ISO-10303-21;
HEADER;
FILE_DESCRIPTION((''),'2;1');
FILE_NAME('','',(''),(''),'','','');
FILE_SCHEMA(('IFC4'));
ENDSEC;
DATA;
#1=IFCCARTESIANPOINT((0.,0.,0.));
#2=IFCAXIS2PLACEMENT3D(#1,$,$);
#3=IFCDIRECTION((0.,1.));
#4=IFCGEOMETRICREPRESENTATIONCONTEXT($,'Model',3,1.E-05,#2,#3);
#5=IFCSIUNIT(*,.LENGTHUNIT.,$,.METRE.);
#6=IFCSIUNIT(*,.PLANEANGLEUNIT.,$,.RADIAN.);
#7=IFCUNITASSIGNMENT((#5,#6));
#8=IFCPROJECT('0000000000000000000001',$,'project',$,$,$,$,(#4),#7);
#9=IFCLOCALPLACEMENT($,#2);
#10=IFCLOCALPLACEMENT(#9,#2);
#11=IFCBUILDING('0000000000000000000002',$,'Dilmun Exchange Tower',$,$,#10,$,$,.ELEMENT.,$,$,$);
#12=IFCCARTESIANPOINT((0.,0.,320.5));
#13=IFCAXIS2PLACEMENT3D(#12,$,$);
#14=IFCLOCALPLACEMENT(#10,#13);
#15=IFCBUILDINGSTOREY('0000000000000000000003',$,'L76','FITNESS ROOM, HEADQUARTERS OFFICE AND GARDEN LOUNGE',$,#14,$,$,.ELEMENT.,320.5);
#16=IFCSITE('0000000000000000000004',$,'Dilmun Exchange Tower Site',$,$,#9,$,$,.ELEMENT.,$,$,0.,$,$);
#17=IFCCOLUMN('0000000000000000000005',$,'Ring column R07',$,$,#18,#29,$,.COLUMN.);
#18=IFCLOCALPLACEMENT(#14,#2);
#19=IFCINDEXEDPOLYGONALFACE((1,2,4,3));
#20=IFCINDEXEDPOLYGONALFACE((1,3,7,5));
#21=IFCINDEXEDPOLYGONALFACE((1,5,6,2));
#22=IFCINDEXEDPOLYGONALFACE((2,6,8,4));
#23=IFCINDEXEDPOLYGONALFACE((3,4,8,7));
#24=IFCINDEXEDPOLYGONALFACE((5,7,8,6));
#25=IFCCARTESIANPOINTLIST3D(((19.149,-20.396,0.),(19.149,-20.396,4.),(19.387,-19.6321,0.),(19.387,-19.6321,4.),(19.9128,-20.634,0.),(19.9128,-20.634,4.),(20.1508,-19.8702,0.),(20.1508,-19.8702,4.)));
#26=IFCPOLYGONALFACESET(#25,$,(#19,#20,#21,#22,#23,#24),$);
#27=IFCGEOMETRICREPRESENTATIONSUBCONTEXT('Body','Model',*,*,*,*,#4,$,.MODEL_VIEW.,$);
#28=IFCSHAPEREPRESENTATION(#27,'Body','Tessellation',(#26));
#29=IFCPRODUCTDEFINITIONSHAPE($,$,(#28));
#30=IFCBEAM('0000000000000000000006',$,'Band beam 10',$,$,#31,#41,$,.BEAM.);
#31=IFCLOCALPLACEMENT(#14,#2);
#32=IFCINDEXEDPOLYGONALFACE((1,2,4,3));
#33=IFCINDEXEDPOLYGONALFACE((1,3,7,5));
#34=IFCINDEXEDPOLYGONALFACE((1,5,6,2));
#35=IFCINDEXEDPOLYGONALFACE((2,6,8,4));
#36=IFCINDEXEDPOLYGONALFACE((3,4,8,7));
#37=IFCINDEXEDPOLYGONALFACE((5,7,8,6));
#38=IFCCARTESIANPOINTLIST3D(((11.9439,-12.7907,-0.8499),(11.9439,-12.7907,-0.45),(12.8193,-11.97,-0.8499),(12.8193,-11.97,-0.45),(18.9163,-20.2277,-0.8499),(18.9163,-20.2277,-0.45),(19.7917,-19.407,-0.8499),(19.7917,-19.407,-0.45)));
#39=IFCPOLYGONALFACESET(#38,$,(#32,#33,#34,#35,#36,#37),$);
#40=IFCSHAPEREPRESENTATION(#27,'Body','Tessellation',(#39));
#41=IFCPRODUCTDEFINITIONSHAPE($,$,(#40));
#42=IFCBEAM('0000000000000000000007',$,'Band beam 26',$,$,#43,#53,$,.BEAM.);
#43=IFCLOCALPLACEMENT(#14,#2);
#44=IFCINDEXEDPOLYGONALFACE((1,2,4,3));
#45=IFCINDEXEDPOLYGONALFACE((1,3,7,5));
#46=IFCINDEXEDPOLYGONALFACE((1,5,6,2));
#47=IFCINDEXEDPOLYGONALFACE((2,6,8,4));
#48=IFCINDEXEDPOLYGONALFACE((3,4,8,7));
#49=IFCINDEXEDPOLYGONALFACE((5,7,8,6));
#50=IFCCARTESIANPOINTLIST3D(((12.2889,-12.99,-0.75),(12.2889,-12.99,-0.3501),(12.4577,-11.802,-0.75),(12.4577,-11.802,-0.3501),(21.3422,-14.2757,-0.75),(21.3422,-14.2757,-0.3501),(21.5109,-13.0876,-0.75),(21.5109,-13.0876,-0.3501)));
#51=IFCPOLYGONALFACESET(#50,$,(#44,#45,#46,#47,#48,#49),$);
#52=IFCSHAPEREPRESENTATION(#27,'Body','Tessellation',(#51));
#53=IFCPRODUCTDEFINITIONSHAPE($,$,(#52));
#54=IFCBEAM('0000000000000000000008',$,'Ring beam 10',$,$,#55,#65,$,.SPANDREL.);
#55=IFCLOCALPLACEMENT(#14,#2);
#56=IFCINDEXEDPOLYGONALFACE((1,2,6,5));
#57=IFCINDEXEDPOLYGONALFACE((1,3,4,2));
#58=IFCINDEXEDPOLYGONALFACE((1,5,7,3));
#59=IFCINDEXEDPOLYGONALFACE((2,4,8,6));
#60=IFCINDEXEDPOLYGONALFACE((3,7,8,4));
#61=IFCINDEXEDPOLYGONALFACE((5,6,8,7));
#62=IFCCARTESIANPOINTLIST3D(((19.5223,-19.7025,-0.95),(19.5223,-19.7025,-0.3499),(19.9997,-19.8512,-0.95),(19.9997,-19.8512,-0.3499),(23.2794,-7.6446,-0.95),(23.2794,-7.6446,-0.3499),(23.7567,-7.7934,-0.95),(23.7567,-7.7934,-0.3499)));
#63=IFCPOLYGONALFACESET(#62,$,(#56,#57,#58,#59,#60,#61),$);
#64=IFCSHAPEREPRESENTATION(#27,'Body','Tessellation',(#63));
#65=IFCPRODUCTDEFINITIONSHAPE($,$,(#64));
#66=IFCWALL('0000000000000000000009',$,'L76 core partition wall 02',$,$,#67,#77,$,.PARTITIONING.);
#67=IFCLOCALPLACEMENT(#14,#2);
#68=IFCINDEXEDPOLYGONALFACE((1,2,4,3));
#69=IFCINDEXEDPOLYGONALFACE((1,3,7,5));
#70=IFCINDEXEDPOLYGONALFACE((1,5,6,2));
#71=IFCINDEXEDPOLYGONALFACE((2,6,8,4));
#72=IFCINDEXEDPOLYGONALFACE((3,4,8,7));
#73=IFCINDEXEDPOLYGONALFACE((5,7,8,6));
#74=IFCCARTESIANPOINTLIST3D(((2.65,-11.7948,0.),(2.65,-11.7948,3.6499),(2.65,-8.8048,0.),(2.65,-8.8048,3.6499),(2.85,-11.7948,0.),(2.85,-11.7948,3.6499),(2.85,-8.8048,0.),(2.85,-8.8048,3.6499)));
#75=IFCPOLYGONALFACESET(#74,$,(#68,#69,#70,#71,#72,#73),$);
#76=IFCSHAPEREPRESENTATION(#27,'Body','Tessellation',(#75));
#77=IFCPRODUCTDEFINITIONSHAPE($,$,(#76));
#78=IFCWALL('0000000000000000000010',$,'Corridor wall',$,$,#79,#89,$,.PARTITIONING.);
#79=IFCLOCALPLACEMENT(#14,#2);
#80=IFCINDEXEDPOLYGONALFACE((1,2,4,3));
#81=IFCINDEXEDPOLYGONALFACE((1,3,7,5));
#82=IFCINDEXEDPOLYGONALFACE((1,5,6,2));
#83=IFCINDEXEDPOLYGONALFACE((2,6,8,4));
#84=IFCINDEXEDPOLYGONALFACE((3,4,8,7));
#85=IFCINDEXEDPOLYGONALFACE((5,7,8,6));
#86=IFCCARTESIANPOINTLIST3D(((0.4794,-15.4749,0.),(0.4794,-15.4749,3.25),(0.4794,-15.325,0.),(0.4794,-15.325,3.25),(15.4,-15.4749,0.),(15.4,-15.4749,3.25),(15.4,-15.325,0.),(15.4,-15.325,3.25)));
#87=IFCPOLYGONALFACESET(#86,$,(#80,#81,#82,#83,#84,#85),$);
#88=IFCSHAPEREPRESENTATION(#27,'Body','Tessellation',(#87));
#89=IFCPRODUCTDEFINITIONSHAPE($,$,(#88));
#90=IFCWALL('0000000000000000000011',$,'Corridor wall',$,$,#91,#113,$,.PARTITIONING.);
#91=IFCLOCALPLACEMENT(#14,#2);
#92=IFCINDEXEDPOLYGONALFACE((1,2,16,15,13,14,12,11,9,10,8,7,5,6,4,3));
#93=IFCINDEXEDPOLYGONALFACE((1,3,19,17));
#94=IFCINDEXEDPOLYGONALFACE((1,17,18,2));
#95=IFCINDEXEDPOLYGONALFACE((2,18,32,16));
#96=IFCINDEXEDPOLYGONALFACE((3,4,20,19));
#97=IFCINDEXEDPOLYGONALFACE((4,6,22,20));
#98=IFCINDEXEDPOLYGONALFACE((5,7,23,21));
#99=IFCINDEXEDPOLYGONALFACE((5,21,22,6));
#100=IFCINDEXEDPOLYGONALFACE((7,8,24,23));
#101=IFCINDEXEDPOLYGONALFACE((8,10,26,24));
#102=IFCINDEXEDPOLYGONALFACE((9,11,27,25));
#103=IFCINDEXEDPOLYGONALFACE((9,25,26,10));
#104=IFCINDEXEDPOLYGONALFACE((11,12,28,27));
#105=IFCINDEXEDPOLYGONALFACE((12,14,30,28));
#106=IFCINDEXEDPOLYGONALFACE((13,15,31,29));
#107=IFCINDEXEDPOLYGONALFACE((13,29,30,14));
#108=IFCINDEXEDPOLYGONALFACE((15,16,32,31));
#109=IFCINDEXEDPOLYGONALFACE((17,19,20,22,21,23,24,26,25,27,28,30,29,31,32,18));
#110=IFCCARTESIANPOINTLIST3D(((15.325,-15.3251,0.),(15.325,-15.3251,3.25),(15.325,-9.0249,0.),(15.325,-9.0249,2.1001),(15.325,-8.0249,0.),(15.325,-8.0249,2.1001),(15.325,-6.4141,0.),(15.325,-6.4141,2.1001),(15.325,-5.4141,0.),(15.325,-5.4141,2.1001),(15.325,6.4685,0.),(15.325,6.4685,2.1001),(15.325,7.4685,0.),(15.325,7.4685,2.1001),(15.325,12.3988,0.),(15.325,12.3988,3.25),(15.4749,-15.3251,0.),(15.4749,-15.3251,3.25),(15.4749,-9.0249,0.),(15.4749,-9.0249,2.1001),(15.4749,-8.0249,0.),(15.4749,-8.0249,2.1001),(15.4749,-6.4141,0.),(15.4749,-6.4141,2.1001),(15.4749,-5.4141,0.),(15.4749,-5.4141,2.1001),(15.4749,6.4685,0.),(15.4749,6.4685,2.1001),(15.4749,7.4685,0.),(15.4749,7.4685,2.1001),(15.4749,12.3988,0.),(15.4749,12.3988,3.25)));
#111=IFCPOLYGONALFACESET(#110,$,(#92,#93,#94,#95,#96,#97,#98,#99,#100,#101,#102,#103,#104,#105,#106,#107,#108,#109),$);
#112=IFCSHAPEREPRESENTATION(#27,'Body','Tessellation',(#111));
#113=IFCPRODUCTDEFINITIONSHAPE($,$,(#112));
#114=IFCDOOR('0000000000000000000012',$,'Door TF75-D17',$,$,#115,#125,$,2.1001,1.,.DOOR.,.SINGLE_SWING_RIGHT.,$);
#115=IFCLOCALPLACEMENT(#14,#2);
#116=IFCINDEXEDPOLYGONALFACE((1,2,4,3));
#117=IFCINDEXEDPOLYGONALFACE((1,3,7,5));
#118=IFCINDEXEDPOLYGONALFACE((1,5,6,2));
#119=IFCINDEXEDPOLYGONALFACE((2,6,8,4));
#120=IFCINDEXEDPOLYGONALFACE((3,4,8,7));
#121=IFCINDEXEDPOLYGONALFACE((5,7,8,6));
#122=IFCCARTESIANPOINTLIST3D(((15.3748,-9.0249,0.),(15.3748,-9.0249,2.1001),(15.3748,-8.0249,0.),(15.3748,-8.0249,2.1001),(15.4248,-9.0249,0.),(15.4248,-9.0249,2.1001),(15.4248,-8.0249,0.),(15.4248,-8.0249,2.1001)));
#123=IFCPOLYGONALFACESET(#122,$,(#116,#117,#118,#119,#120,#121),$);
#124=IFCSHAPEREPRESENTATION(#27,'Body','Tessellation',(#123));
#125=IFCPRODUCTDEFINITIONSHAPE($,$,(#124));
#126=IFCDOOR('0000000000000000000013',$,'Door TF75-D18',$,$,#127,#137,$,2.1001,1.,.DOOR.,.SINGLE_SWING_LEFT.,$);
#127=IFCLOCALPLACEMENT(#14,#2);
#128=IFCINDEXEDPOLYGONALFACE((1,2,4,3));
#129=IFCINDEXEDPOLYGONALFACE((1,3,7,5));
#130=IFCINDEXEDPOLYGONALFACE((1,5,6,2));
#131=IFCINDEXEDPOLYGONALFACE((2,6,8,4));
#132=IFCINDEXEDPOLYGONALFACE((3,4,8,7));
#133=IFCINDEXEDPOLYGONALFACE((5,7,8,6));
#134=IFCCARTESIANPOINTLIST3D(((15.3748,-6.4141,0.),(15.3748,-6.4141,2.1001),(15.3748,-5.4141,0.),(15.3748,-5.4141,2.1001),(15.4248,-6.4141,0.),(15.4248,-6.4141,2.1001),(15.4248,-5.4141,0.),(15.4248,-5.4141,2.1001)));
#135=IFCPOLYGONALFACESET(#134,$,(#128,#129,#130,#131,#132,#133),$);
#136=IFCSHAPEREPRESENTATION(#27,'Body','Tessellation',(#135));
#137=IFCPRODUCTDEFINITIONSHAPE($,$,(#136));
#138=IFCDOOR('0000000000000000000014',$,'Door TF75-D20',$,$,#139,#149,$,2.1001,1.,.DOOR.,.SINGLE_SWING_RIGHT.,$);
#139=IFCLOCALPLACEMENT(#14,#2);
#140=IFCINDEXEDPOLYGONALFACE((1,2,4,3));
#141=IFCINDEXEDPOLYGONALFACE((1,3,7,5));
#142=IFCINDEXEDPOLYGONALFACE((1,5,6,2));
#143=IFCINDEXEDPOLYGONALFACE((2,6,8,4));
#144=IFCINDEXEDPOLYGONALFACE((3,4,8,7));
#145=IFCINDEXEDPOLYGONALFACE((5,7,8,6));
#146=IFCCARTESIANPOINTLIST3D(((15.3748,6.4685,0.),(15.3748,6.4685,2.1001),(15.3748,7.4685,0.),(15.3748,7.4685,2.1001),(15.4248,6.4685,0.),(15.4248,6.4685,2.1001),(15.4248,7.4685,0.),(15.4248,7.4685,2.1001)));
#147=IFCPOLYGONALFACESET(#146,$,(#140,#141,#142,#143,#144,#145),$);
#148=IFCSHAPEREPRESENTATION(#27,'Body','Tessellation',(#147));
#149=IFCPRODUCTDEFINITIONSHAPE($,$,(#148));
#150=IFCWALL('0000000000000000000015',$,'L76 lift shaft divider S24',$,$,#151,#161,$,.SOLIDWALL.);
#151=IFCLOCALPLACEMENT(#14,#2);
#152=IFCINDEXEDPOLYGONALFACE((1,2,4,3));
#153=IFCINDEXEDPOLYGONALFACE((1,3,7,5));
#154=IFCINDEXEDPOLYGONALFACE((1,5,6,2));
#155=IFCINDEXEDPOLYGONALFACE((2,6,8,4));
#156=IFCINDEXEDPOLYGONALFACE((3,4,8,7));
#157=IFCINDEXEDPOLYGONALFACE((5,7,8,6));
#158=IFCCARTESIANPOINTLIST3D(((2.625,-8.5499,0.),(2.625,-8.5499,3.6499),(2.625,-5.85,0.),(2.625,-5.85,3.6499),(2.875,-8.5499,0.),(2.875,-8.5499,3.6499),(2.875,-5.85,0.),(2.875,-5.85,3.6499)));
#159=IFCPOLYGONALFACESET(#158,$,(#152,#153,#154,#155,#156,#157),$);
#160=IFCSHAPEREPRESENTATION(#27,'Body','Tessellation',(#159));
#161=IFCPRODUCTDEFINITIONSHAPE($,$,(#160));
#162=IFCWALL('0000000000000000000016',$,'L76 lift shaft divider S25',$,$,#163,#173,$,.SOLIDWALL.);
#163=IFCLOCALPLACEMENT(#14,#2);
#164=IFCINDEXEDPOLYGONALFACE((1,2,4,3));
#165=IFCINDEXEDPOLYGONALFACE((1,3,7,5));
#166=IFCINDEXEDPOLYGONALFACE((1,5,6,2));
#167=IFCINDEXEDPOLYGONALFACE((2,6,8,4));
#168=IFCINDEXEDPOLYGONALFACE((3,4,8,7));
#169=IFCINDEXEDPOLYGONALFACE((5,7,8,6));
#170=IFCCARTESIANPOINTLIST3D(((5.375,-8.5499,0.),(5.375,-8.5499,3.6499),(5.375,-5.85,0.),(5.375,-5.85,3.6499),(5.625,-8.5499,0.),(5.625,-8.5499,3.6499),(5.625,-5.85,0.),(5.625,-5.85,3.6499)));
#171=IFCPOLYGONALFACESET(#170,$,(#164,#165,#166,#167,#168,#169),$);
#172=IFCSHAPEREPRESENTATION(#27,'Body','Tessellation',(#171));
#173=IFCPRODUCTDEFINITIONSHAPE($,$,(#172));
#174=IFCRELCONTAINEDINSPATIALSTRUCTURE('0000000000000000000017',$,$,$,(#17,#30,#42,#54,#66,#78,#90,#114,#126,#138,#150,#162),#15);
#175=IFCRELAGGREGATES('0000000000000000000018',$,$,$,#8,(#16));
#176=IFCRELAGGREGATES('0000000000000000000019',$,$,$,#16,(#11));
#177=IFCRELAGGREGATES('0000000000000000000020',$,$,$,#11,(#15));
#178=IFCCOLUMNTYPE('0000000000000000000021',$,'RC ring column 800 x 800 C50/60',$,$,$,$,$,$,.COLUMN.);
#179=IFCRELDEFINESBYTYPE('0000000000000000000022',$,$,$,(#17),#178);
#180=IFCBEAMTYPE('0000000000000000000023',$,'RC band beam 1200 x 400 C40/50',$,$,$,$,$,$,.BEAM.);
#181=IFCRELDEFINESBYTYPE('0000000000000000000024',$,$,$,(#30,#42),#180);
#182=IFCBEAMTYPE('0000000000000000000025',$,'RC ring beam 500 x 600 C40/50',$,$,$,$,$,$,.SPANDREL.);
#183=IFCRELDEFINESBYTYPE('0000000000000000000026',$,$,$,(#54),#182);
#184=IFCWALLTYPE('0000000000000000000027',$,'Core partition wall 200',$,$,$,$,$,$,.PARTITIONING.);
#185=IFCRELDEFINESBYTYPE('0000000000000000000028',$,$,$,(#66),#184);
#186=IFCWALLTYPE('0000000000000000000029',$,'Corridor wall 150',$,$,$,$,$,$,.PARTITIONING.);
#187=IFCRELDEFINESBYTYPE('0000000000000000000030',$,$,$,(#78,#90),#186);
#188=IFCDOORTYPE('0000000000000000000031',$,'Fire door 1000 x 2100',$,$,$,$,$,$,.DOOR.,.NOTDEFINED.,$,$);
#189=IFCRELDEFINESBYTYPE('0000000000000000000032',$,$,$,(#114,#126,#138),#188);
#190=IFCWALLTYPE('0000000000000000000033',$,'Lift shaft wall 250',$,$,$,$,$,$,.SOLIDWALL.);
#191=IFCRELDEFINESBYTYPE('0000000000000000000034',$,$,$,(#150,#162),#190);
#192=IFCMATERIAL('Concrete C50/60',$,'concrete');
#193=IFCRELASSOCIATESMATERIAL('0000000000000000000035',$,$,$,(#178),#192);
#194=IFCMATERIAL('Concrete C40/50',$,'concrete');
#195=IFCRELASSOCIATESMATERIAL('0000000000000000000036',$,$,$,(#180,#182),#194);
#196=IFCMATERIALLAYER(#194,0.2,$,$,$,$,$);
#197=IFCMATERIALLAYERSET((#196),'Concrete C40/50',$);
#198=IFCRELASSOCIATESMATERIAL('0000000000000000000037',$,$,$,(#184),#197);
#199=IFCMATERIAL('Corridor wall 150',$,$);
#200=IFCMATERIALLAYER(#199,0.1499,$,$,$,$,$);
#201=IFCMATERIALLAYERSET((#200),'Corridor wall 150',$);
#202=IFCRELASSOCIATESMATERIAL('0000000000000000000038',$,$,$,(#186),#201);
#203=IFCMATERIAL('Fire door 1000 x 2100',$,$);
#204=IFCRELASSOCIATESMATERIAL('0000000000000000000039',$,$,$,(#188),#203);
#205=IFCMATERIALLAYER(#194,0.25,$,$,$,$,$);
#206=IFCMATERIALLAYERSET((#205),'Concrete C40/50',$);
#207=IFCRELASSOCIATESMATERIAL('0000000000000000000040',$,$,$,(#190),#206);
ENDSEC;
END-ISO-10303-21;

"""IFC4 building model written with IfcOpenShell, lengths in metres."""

from ifc_helpers import new_model, si_unit, direction, frame, frame_2d, origin, origin_2d, place, context, subcontext, project, spatial, rectangle, extrude, material, layer, layer_set, material_profile, profile_set, type_object, element, fill, save


model = new_model("IFC4")

# Units and contexts
model_context = context("Model", 3, precision=1e-05, world=origin(), true_north=direction((0.0, 1.0)))
body_context = subcontext(model_context, "Body", "Model", "MODEL_VIEW")
ifc_project = project(units=[si_unit("LENGTHUNIT", "METRE"), si_unit("PLANEANGLEUNIT", "RADIAN")], contexts=[model_context])

# Site, building, storey
site_placement = place(None, origin())
site = spatial("IfcSite", under=ifc_project, at=site_placement, Name="Dilmun Exchange Tower Site", CompositionType="ELEMENT", RefElevation=0.0)
building_placement = place(site_placement, origin())
building = spatial("IfcBuilding", under=site, at=building_placement, Name="Dilmun Exchange Tower", CompositionType="ELEMENT")
storey_placement = place(building_placement, frame((0.0, 0.0, 320.5)))
storey = spatial("IfcBuildingStorey", under=building, at=storey_placement, Name="L76", Description="FITNESS ROOM, HEADQUARTERS OFFICE AND GARDEN LOUNGE", CompositionType="ELEMENT", Elevation=320.5)

# Column
ifc_material_1 = material(Name="Concrete C50/60", Category="concrete")
ifc_material_profile_1 = material_profile(ifc_material_1, rectangle(XDim=0.8, YDim=0.8, at=origin_2d()), Name="800 x 800")
ifc_profile_set_1 = profile_set([ifc_material_profile_1], Name="Concrete C50/60")
column_type = type_object("IfcColumnType", Name="RC ring column 800 x 800 C50/60", PredefinedType="COLUMN", material=ifc_profile_set_1)
column_placement = place(storey_placement, frame((19.6499, -20.1331, 0.0), z_axis=(0.0, 0.0, 1.0), x_axis=(0.297503, 0.954721, 0.0)))
element("IfcColumn", 1, at=column_placement, inside=storey, type_object=column_type, Name="Ring column R07", PredefinedType="COLUMN", context=body_context, shape_type="SweptSolid", body=[
    extrude(rectangle(XDim=0.8, YDim=0.8, at=origin_2d()), origin(), (0.0, 0.0, 1.0), 4.0),
])

# Beams
ifc_material_2 = material(Name="Concrete C40/50", Category="concrete")
ifc_material_profile_2 = material_profile(ifc_material_2, rectangle(XDim=1.2, YDim=0.3999, at=origin_2d()), Name="1200 x 400")
ifc_profile_set_2 = profile_set([ifc_material_profile_2], Name="Concrete C40/50")
beam_type_1 = type_object("IfcBeamType", Name="RC band beam 1200 x 400 C40/50", PredefinedType="BEAM", material=ifc_profile_set_2)
beam_1_placement = place(storey_placement, frame((19.354, -19.8174, -0.6499), z_axis=(-0.683952, 0.729527, 0.0), x_axis=(-0.729527, -0.683952, 0.0)))
element("IfcBeam", 2, at=beam_1_placement, inside=storey, type_object=beam_type_1, Name="Band beam 10", PredefinedType="BEAM", context=body_context, shape_type="SweptSolid", body=[
    extrude(rectangle(XDim=1.2, YDim=0.3999, at=origin_2d()), origin(), (0.0, 0.0, 1.0), 10.1943),
])
beam_2_placement = place(storey_placement, frame((21.4265, -13.6816, -0.55), z_axis=(-0.990067, 0.140599, 0.0), x_axis=(-0.140599, -0.990067, 0.0)))
element("IfcBeam", 3, at=beam_2_placement, inside=storey, type_object=beam_type_1, Name="Band beam 26", PredefinedType="BEAM", context=body_context, shape_type="SweptSolid", body=[
    extrude(rectangle(XDim=1.2, YDim=0.3999, at=origin_2d()), origin(), (0.0, 0.0, 1.0), 9.144),
])
ifc_material_profile_3 = material_profile(ifc_material_2, rectangle(XDim=0.5, YDim=0.6001, at=origin_2d()), Name="500 x 600")
ifc_profile_set_3 = profile_set([ifc_material_profile_3], Name="Concrete C40/50")
beam_type_2 = type_object("IfcBeamType", Name="RC ring beam 500 x 600 C40/50", PredefinedType="SPANDREL", material=ifc_profile_set_3)
beam_3_placement = place(storey_placement, frame((19.761, -19.7769, -0.6499), z_axis=(0.297481, 0.954728, 0.0), x_axis=(-0.954728, 0.297481, 0.0)))
element("IfcBeam", 4, at=beam_3_placement, inside=storey, type_object=beam_type_2, Name="Ring beam 10", PredefinedType="SPANDREL", context=body_context, shape_type="SweptSolid", body=[
    extrude(rectangle(XDim=0.5, YDim=0.6001, at=origin_2d()), origin(), (0.0, 0.0, 1.0), 12.6296),
])

# Wall
ifc_layer_1 = layer(ifc_material_2, 0.2)
ifc_layer_set_1 = layer_set([ifc_layer_1], Name="Concrete C40/50")
wall_type_1 = type_object("IfcWallType", Name="Core partition wall 200", PredefinedType="PARTITIONING", material=ifc_layer_set_1)
wall_1_placement = place(storey_placement, frame((2.75, -11.7949, 0.0), z_axis=(0.0, 0.0, 1.0), x_axis=(0.0, 1.0, 0.0)))
element("IfcWall", 5, at=wall_1_placement, inside=storey, type_object=wall_type_1, Name="L76 core partition wall 02", PredefinedType="PARTITIONING", context=body_context, shape_type="SweptSolid", body=[
    extrude(rectangle(XDim=2.99, YDim=0.2, at=frame_2d((1.4951, 0.0))), origin(), (0.0, 0.0, 1.0), 3.6499),
])

# Wall
ifc_material_3 = material(Name="Corridor wall 150")
ifc_layer_2 = layer(ifc_material_3, 0.1499)
ifc_layer_set_2 = layer_set([ifc_layer_2], Name="Corridor wall 150")
wall_type_2 = type_object("IfcWallType", Name="Corridor wall 150", PredefinedType="PARTITIONING", material=ifc_layer_set_2)
wall_2_placement = place(storey_placement, frame((0.4792, -15.3999, 0.0), z_axis=(0.0, 0.0, 1.0), x_axis=(1.0, 0.0, 0.0)))
element("IfcWall", 6, at=wall_2_placement, inside=storey, type_object=wall_type_2, Name="Corridor wall", PredefinedType="PARTITIONING", context=body_context, shape_type="SweptSolid", body=[
    extrude(rectangle(XDim=14.9207, YDim=0.1499, at=frame_2d((7.4604, 0.0))), origin(), (0.0, 0.0, 1.0), 3.25),
])

# Wall, openings, doors
wall_3_placement = place(storey_placement, frame((15.3999, -15.325, 0.0), z_axis=(0.0, 0.0, 1.0), x_axis=(0.0, 1.0, 0.0)))
wall_3 = element("IfcWall", 7, at=wall_3_placement, inside=storey, type_object=wall_type_2, Name="Corridor wall", PredefinedType="PARTITIONING", context=body_context, shape_type="SweptSolid", body=[
    extrude(rectangle(XDim=27.7239, YDim=0.1499, at=frame_2d((13.8618, 0.0))), origin(), (0.0, 0.0, 1.0), 3.25),
])
opening_1_placement = place(wall_3_placement, frame((6.3, 0.0, 0.0)))
opening_1 = element("IfcOpeningElement", 8, at=opening_1_placement, cuts=wall_3, PredefinedType="OPENING", context=body_context, shape_type="SweptSolid", body=[
    extrude(rectangle(XDim=1.0, YDim=2.1001, at=frame_2d((0.5, 1.05))), frame((0.0, 0.085, 0.0), z_axis=(0.0, -1.0, 0.0), x_axis=(1.0, 0.0, 0.0)), (0.0, 0.0, 1.0), 0.1699),
])
opening_2_placement = place(wall_3_placement, frame((8.9109, 0.0, 0.0)))
opening_2 = element("IfcOpeningElement", 9, at=opening_2_placement, cuts=wall_3, PredefinedType="OPENING", context=body_context, shape_type="SweptSolid", body=[
    extrude(rectangle(XDim=1.0, YDim=2.1001, at=frame_2d((0.5, 1.05))), frame((0.0, 0.085, 0.0), z_axis=(0.0, -1.0, 0.0), x_axis=(1.0, 0.0, 0.0)), (0.0, 0.0, 1.0), 0.1699),
])
opening_3_placement = place(wall_3_placement, frame((21.7935, 0.0, 0.0)))
opening_3 = element("IfcOpeningElement", 10, at=opening_3_placement, cuts=wall_3, PredefinedType="OPENING", context=body_context, shape_type="SweptSolid", body=[
    extrude(rectangle(XDim=1.0, YDim=2.1001, at=frame_2d((0.5, 1.05))), frame((0.0, 0.085, 0.0), z_axis=(0.0, -1.0, 0.0), x_axis=(1.0, 0.0, 0.0)), (0.0, 0.0, 1.0), 0.1699),
])
ifc_material_4 = material(Name="Fire door 1000 x 2100")
door_type_1 = type_object("IfcDoorType", Name="Fire door 1000 x 2100", OperationType="NOTDEFINED", PredefinedType="DOOR", material=ifc_material_4)
door_1_placement = place(opening_1_placement, frame((1.0, 0.0, 0.0), z_axis=(0.0, 0.0, 1.0), x_axis=(-1.0, 0.0, 0.0)))
door_1 = element("IfcDoor", 11, at=door_1_placement, inside=storey, type_object=door_type_1, Name="Door TF75-D17", OperationType="SINGLE_SWING_RIGHT", OverallHeight=2.1001, OverallWidth=1.0, PredefinedType="DOOR", context=body_context, shape_type="SweptSolid", body=[
    extrude(rectangle(XDim=1.0, YDim=2.1001, at=frame_2d((0.5, 1.05))), frame((0.0, 0.0249, 0.0), z_axis=(0.0, -1.0, 0.0), x_axis=(1.0, 0.0, 0.0)), (0.0, 0.0, 1.0), 0.05),
])
fill(opening_1, door_1)
door_2_placement = place(opening_2_placement, frame((1.0, 0.0, 0.0), z_axis=(0.0, 0.0, 1.0), x_axis=(-1.0, 0.0, 0.0)))
door_2 = element("IfcDoor", 12, at=door_2_placement, inside=storey, type_object=door_type_1, Name="Door TF75-D18", OperationType="SINGLE_SWING_LEFT", OverallHeight=2.1001, OverallWidth=1.0, PredefinedType="DOOR", context=body_context, shape_type="SweptSolid", body=[
    extrude(rectangle(XDim=1.0, YDim=2.1001, at=frame_2d((0.5, 1.05))), frame((0.0, 0.0249, 0.0), z_axis=(0.0, -1.0, 0.0), x_axis=(1.0, 0.0, 0.0)), (0.0, 0.0, 1.0), 0.05),
])
fill(opening_2, door_2)
door_3_placement = place(opening_3_placement, frame((1.0, 0.0, 0.0), z_axis=(0.0, 0.0, 1.0), x_axis=(-1.0, 0.0, 0.0)))
door_3 = element("IfcDoor", 13, at=door_3_placement, inside=storey, type_object=door_type_1, Name="Door TF75-D20", OperationType="SINGLE_SWING_RIGHT", OverallHeight=2.1001, OverallWidth=1.0, PredefinedType="DOOR", context=body_context, shape_type="SweptSolid", body=[
    extrude(rectangle(XDim=1.0, YDim=2.1001, at=frame_2d((0.5, 1.05))), frame((0.0, 0.0249, 0.0), z_axis=(0.0, -1.0, 0.0), x_axis=(1.0, 0.0, 0.0)), (0.0, 0.0, 1.0), 0.05),
])
fill(opening_3, door_3)

# Walls
ifc_layer_3 = layer(ifc_material_2, 0.25)
ifc_layer_set_3 = layer_set([ifc_layer_3], Name="Concrete C40/50")
wall_type_3 = type_object("IfcWallType", Name="Lift shaft wall 250", PredefinedType="SOLIDWALL", material=ifc_layer_set_3)
for number, where, z_axis, x_axis, name in (
    (14, (2.75, -8.55, 0.0), (0.0, 0.0, 1.0), (0.0, 1.0, 0.0), "L76 lift shaft divider S24"),
    (15, (5.5, -8.55, 0.0), (0.0, 0.0, 1.0), (0.0, 1.0, 0.0), "L76 lift shaft divider S25"),
):
    element("IfcWall", number, at=place(storey_placement, frame(where, z_axis=z_axis, x_axis=x_axis)), inside=storey, type_object=wall_type_3, Name=name, PredefinedType="SOLIDWALL", context=body_context, shape_type="SweptSolid", body=[
        extrude(rectangle(XDim=2.7, YDim=0.25, at=frame_2d((1.3501, 0.0))), origin(), (0.0, 0.0, 1.0), 3.6499),
    ])

save(model, "model.ifc")
